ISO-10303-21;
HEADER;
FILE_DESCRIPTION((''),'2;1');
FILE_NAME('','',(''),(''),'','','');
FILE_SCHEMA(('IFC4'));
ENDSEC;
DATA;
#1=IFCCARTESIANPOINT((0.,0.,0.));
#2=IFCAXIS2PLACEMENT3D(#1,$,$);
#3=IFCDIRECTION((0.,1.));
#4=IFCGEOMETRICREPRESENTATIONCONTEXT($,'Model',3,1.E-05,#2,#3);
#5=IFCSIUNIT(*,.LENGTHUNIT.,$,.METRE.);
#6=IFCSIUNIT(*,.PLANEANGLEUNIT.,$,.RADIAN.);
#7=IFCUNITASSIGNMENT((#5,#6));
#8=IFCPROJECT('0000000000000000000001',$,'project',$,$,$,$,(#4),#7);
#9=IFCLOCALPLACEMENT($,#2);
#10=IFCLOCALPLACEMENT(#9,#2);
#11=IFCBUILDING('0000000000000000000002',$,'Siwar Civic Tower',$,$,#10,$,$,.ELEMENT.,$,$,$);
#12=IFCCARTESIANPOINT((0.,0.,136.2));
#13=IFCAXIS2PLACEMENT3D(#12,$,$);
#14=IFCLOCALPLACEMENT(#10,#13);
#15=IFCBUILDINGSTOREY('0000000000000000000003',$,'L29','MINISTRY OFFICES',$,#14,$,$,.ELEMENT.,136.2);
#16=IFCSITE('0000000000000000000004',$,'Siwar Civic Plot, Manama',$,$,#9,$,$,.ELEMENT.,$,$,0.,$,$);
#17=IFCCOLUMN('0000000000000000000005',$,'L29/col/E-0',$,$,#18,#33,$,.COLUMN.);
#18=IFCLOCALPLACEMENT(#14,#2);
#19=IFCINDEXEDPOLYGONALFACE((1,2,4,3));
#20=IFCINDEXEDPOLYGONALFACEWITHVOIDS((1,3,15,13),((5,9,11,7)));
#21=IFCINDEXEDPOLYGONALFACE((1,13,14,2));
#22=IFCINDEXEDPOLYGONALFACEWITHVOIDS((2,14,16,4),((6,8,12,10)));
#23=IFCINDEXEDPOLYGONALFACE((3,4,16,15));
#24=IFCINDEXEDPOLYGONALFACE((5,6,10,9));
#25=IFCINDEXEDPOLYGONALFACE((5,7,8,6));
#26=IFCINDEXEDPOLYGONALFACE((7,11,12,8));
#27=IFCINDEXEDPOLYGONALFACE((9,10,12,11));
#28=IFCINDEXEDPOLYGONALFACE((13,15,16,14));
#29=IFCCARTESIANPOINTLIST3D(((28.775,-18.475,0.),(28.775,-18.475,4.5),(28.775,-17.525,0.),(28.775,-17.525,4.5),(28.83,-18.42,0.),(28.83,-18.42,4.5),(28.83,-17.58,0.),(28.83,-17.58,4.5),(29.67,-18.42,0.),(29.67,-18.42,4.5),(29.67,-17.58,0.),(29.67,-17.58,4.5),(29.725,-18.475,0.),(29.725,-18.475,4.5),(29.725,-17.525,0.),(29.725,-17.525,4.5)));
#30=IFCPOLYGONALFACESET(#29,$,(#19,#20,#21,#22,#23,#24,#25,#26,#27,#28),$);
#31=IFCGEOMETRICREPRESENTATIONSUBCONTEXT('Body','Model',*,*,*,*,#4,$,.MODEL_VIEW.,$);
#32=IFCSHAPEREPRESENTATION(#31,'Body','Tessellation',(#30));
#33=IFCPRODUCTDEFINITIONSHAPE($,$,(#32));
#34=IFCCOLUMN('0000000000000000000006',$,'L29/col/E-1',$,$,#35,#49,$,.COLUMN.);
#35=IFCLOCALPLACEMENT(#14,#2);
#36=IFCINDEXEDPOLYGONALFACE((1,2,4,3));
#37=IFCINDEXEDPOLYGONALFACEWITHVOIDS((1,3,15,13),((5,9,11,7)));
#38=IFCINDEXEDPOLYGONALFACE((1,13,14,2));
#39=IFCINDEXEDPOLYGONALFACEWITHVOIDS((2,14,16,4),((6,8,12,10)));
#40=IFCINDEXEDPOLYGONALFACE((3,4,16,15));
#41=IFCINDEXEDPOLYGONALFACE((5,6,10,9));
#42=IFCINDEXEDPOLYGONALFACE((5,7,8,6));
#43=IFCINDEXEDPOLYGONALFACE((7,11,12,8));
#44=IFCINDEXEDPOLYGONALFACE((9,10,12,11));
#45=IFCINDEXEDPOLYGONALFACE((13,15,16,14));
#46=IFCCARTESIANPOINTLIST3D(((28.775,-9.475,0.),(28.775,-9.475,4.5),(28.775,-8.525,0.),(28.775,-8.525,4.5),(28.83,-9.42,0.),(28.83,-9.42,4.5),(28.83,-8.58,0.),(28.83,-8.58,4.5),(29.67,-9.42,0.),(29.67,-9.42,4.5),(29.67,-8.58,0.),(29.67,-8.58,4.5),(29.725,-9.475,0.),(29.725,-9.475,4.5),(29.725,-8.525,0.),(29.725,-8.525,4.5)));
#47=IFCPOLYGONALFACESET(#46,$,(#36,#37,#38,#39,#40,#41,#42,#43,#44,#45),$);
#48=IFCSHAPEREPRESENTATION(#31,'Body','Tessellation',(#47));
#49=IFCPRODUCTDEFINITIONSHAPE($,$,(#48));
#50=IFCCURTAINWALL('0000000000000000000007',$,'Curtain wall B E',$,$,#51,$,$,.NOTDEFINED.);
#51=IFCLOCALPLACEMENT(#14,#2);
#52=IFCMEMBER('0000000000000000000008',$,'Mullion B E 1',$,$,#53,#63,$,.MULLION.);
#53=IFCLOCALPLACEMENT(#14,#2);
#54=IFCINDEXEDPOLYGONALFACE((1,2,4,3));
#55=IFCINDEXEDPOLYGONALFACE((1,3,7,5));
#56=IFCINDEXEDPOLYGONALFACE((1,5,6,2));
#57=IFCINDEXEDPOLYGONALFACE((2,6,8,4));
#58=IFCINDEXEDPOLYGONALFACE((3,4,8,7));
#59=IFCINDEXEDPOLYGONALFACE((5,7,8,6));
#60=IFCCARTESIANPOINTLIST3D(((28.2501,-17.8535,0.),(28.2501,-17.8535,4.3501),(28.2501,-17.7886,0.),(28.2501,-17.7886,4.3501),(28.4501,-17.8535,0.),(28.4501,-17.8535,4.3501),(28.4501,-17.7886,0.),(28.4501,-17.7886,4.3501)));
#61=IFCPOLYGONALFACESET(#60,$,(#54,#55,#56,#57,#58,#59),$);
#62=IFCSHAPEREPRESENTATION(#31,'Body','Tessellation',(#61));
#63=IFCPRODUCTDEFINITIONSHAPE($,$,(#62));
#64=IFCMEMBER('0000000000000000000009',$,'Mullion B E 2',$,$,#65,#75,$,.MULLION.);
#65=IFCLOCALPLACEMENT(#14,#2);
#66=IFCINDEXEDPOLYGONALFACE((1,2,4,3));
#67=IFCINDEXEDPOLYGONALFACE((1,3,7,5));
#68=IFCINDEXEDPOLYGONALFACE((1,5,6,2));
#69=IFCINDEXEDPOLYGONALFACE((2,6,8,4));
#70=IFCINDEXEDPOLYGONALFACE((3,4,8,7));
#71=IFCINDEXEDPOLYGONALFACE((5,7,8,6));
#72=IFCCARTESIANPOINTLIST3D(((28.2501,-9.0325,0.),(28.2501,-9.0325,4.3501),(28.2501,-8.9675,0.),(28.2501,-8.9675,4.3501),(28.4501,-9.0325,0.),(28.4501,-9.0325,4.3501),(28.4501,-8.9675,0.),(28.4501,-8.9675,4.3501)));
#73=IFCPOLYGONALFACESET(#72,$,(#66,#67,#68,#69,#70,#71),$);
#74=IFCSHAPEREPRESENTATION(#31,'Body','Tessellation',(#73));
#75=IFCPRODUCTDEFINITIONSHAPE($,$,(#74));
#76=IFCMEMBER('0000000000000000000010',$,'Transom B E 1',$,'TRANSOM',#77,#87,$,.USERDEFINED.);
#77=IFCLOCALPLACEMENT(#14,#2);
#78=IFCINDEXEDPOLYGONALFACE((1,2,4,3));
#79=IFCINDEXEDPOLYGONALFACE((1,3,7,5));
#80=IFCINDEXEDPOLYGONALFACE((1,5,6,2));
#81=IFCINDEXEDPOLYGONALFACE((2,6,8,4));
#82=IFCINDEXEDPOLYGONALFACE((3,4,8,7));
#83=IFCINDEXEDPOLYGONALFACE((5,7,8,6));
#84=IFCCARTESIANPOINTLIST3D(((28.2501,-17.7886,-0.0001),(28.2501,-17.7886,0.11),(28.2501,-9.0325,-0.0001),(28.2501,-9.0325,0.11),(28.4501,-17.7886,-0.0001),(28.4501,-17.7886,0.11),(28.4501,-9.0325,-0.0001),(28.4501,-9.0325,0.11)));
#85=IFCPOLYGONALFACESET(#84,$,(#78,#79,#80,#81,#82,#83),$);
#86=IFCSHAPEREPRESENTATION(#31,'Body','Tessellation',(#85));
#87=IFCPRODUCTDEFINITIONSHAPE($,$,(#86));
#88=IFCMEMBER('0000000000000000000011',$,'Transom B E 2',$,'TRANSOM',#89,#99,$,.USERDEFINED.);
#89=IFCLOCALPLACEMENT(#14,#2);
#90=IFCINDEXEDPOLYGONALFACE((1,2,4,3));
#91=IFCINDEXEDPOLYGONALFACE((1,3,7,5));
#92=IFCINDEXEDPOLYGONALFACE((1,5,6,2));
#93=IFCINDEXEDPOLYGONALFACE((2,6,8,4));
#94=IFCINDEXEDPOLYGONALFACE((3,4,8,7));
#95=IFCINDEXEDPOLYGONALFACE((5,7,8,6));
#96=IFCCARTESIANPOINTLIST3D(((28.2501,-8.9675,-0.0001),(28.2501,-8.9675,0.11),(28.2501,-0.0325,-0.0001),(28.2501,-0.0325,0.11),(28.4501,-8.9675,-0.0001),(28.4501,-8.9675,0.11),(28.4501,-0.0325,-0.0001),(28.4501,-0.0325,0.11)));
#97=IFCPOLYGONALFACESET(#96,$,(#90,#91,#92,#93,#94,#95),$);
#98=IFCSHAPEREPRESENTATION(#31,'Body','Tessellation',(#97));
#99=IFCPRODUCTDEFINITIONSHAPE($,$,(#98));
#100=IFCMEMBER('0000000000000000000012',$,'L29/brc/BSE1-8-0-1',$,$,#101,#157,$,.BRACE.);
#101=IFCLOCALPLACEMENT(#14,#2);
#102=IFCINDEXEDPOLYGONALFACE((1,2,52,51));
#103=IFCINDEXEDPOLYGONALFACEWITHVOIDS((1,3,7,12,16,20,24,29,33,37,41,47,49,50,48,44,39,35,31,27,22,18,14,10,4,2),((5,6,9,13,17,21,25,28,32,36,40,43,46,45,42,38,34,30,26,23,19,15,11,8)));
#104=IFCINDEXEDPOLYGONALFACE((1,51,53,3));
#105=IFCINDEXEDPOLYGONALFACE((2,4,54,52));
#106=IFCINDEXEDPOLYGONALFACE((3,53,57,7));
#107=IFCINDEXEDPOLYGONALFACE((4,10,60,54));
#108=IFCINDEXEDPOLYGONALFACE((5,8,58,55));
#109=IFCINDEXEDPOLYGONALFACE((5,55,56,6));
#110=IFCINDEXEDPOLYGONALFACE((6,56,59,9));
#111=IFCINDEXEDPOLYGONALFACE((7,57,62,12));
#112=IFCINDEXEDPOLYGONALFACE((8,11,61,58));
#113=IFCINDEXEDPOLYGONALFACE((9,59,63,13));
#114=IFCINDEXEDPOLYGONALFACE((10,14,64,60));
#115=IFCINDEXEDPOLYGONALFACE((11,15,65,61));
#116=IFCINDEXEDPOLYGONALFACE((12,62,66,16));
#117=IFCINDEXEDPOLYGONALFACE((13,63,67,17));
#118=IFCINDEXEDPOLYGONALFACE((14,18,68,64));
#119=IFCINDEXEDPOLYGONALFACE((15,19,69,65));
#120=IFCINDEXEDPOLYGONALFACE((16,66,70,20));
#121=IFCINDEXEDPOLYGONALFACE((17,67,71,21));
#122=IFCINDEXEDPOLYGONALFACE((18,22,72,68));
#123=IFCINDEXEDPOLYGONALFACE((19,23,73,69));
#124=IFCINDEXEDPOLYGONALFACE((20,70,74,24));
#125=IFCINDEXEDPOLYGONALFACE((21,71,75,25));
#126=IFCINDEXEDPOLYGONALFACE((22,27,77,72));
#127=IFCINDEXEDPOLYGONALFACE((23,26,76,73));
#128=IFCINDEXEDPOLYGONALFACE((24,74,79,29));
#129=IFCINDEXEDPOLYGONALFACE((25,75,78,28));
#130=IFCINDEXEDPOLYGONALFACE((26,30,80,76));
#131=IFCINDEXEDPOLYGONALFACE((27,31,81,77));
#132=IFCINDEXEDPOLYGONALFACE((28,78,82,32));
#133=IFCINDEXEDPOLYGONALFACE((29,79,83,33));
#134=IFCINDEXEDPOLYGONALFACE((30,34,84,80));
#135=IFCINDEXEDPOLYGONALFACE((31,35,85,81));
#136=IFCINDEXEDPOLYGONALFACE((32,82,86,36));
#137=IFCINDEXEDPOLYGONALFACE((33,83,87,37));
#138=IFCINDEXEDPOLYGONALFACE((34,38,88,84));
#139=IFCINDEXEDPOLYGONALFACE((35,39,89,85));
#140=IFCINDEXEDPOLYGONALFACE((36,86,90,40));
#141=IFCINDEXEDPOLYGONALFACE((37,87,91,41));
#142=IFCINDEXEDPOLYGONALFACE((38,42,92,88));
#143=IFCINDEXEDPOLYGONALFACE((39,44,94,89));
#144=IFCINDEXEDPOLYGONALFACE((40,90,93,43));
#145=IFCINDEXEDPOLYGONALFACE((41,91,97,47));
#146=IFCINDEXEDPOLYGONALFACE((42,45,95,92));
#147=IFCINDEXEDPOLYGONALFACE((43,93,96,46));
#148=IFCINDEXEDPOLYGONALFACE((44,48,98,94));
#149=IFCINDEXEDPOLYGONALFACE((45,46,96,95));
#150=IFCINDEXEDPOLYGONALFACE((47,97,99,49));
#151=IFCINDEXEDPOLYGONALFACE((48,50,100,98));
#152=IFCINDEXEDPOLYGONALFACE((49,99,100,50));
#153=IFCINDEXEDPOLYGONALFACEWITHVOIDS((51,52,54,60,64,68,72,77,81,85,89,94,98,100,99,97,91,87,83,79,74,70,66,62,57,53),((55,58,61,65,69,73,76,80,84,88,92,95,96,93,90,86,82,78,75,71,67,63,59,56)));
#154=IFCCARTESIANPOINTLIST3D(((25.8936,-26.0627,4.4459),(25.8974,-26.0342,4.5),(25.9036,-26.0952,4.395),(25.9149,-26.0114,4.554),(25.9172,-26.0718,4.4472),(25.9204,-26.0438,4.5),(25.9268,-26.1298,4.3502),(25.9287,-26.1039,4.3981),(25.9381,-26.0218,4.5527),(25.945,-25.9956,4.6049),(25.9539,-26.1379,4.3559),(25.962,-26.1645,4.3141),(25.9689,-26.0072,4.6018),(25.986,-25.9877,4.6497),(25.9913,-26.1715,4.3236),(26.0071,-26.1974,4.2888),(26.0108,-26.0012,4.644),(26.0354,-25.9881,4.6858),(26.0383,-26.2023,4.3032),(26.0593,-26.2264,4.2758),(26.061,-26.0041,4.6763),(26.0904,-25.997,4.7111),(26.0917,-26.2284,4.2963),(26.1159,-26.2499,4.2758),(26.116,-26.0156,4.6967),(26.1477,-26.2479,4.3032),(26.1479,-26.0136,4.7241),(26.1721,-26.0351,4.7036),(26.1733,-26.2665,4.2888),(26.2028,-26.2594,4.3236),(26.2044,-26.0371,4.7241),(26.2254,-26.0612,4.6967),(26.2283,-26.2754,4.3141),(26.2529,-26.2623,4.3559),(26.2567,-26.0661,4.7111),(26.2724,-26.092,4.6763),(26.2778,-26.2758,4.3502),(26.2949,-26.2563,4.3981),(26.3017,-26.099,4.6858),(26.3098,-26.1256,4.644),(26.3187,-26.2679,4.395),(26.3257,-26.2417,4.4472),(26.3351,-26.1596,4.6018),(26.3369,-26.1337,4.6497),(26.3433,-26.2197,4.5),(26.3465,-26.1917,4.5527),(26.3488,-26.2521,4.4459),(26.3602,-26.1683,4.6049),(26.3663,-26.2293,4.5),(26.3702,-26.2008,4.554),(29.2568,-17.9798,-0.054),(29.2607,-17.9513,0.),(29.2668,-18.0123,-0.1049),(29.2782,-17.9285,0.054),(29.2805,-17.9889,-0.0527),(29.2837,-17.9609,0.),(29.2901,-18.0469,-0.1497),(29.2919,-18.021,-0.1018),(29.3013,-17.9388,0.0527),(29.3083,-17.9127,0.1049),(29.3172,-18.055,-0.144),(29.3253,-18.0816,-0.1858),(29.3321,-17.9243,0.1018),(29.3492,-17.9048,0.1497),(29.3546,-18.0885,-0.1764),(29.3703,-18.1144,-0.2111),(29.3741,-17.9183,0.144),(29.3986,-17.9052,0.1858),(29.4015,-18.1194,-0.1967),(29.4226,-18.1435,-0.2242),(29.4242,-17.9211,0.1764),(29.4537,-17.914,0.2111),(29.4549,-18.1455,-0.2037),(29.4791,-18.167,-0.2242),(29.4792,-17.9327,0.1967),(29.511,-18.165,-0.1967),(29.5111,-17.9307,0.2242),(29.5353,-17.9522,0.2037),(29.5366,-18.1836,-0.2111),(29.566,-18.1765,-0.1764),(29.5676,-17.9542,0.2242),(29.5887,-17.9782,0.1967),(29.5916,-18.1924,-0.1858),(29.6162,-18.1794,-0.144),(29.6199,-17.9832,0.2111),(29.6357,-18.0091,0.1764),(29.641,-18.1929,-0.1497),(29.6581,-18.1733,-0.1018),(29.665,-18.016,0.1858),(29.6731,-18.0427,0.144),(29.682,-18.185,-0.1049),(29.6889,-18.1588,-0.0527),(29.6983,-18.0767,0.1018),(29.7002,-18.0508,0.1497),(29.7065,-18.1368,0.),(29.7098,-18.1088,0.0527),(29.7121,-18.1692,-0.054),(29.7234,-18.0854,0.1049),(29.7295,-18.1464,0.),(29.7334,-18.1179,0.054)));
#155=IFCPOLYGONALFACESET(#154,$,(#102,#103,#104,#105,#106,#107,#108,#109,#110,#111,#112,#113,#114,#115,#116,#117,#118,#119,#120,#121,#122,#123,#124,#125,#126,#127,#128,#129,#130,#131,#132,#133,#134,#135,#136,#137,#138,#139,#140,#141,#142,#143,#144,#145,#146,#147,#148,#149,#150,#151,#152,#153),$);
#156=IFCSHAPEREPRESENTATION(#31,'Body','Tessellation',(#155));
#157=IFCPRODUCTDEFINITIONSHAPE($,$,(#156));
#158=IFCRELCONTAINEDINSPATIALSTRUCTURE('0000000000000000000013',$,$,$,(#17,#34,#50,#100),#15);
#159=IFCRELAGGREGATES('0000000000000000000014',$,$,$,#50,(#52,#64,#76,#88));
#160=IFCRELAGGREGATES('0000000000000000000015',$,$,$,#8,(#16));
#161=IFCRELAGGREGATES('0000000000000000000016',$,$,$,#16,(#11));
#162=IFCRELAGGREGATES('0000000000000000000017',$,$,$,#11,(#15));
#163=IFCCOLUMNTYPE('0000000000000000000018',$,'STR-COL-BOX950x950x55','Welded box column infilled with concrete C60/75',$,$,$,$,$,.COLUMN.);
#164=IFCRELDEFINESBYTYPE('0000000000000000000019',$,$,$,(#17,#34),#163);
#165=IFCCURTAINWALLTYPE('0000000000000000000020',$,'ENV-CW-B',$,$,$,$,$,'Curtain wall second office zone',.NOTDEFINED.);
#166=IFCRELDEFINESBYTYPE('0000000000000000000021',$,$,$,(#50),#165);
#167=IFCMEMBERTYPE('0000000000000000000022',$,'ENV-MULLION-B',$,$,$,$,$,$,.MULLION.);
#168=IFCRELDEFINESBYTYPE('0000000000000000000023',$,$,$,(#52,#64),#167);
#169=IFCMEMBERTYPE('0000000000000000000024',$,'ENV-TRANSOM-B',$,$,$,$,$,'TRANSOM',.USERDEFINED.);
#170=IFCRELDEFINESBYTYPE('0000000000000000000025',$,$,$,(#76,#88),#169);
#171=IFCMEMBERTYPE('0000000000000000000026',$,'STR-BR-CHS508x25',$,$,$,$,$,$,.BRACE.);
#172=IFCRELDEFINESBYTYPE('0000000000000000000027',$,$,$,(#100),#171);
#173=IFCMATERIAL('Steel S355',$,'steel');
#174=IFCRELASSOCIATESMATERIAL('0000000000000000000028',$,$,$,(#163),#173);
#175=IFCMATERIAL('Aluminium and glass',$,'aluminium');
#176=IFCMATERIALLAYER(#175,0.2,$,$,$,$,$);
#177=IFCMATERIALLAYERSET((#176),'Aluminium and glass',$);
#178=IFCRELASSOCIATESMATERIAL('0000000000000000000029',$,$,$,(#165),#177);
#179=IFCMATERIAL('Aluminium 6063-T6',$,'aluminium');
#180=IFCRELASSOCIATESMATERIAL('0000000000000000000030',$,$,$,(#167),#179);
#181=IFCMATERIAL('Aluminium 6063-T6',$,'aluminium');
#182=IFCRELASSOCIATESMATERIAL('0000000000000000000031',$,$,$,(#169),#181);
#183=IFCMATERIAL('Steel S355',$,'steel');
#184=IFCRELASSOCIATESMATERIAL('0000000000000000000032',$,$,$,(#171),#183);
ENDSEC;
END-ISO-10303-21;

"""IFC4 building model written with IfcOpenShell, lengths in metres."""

from ifc_helpers import new_model, si_unit, direction, frame, origin, origin_2d, place, context, subcontext, project, spatial, rectangle, hollow_rectangle, hollow_circle, extrude, material, layer, layer_set, material_profile, profile_set, type_object, element, aggregate, save


model = new_model("IFC4")

# Units and contexts
model_context = context("Model", 3, precision=1e-05, world=origin(), true_north=direction((0.0, 1.0)))
body_context = subcontext(model_context, "Body", "Model", "MODEL_VIEW")
ifc_project = project(units=[si_unit("LENGTHUNIT", "METRE"), si_unit("PLANEANGLEUNIT", "RADIAN")], contexts=[model_context])

# Site, building, storey
site_placement = place(None, origin())
site = spatial("IfcSite", under=ifc_project, at=site_placement, Name="Siwar Civic Plot, Manama", CompositionType="ELEMENT", RefElevation=0.0)
building_placement = place(site_placement, origin())
building = spatial("IfcBuilding", under=site, at=building_placement, Name="Siwar Civic Tower", CompositionType="ELEMENT")
storey_placement = place(building_placement, frame((0.0, 0.0, 136.2)))
storey = spatial("IfcBuildingStorey", under=building, at=storey_placement, Name="L29", Description="MINISTRY OFFICES", CompositionType="ELEMENT", Elevation=136.2)

# Columns
ifc_material_1 = material(Name="Steel S355", Category="steel")
ifc_material_profile_1 = material_profile(ifc_material_1, hollow_rectangle(XDim=0.95, YDim=0.95, WallThickness=0.0549, at=origin_2d()), Name="BOX950x950x55")
ifc_profile_set_1 = profile_set([ifc_material_profile_1], Name="Steel S355")
column_type = type_object("IfcColumnType", Name="STR-COL-BOX950x950x55", Description="Welded box column infilled with concrete C60/75", PredefinedType="COLUMN", material=ifc_profile_set_1)
for number, where, z_axis, x_axis, name in (
    (1, (29.25, -18.0, 0.0), (0.0, 0.0, 1.0), (1.0, 0.0, 0.0), "L29/col/E-0"),
    (2, (29.25, -9.0, 0.0), (0.0, 0.0, 1.0), (1.0, 0.0, 0.0), "L29/col/E-1"),
):
    element("IfcColumn", number, at=place(storey_placement, frame(where, z_axis=z_axis, x_axis=x_axis)), inside=storey, type_object=column_type, Name=name, PredefinedType="COLUMN", context=body_context, shape_type="SweptSolid", body=[
        extrude(hollow_rectangle(XDim=0.95, YDim=0.95, WallThickness=0.0549, at=origin_2d()), origin(), (0.0, 0.0, 1.0), 4.5),
    ])

# Curtain wall, members
ifc_material_2 = material(Name="Aluminium and glass", Category="aluminium")
ifc_layer_1 = layer(ifc_material_2, 0.2)
ifc_layer_set_1 = layer_set([ifc_layer_1], Name="Aluminium and glass")
curtain_wall_type = type_object("IfcCurtainWallType", Name="ENV-CW-B", ElementType="Curtain wall second office zone", PredefinedType="NOTDEFINED", material=ifc_layer_set_1)
curtain_wall_placement = place(storey_placement, origin())
curtain_wall = element("IfcCurtainWall", 3, at=curtain_wall_placement, inside=storey, type_object=curtain_wall_type, Name="Curtain wall B E", PredefinedType="NOTDEFINED")
ifc_material_3 = material(Name="Aluminium 6063-T6", Category="aluminium")
ifc_material_profile_2 = material_profile(ifc_material_3, rectangle(XDim=0.2, YDim=0.0649, at=origin_2d()), Name="AL 200x65")
ifc_profile_set_2 = profile_set([ifc_material_profile_2], Name="Aluminium 6063-T6")
member_type_1 = type_object("IfcMemberType", Name="ENV-MULLION-B", PredefinedType="MULLION", material=ifc_profile_set_2)
member_1_placement = place(storey_placement, frame((28.3501, -17.821, 0.0), z_axis=(0.0, 0.0, 1.0), x_axis=(-1.0, 0.0, 0.0)))
member_1 = element("IfcMember", 4, at=member_1_placement, type_object=member_type_1, Name="Mullion B E 1", PredefinedType="MULLION", context=body_context, shape_type="SweptSolid", body=[
    extrude(rectangle(XDim=0.2, YDim=0.0649, at=origin_2d()), origin(), (0.0, 0.0, 1.0), 4.3501),
])
member_2_placement = place(storey_placement, frame((28.3501, -9.0, 0.0), z_axis=(0.0, 0.0, 1.0), x_axis=(-1.0, 0.0, 0.0)))
member_2 = element("IfcMember", 5, at=member_2_placement, type_object=member_type_1, Name="Mullion B E 2", PredefinedType="MULLION", context=body_context, shape_type="SweptSolid", body=[
    extrude(rectangle(XDim=0.2, YDim=0.0649, at=origin_2d()), origin(), (0.0, 0.0, 1.0), 4.3501),
])
ifc_material_4 = material(Name="Aluminium 6063-T6", Category="aluminium")
ifc_material_profile_3 = material_profile(ifc_material_4, rectangle(XDim=0.2, YDim=0.1101, at=origin_2d()), Name="AL 200x110")
ifc_profile_set_3 = profile_set([ifc_material_profile_3], Name="Aluminium 6063-T6")
member_type_2 = type_object("IfcMemberType", Name="ENV-TRANSOM-B", ElementType="TRANSOM", PredefinedType="USERDEFINED", material=ifc_profile_set_3)
member_3_placement = place(storey_placement, frame((28.3501, -17.7886, 0.0549), z_axis=(0.0, 1.0, 0.0), x_axis=(-1.0, 0.0, 0.0)))
member_3 = element("IfcMember", 6, at=member_3_placement, type_object=member_type_2, Name="Transom B E 1", ObjectType="TRANSOM", PredefinedType="USERDEFINED", context=body_context, shape_type="SweptSolid", body=[
    extrude(rectangle(XDim=0.2, YDim=0.1101, at=origin_2d()), origin(), (0.0, 0.0, 1.0), 8.7561),
])
member_4_placement = place(storey_placement, frame((28.3501, -8.9675, 0.0549), z_axis=(0.0, 1.0, 0.0), x_axis=(-1.0, 0.0, 0.0)))
member_4 = element("IfcMember", 7, at=member_4_placement, type_object=member_type_2, Name="Transom B E 2", ObjectType="TRANSOM", PredefinedType="USERDEFINED", context=body_context, shape_type="SweptSolid", body=[
    extrude(rectangle(XDim=0.2, YDim=0.1101, at=origin_2d()), origin(), (0.0, 0.0, 1.0), 8.9351),
])

# Member
ifc_material_5 = material(Name="Steel S355", Category="steel")
ifc_material_profile_4 = material_profile(ifc_material_5, hollow_circle(Radius=0.2539, WallThickness=0.0249, at=origin_2d()), Name="CHS508x25")
ifc_profile_set_4 = profile_set([ifc_material_profile_4], Name="Steel S355")
member_type_3 = type_object("IfcMemberType", Name="STR-BR-CHS508x25", PredefinedType="BRACE", material=ifc_profile_set_4)
member_5_placement = place(storey_placement, frame((29.4951, -18.0488, 0.0), z_axis=(-0.341671, -0.821143, 0.457149), x_axis=(0.923265, -0.384164, 0.0)))
element("IfcMember", 8, at=member_5_placement, inside=storey, type_object=member_type_3, Name="L29/brc/BSE1-8-0-1", PredefinedType="BRACE", context=body_context, shape_type="SweptSolid", body=[
    extrude(hollow_circle(Radius=0.2539, WallThickness=0.0249, at=origin_2d()), origin(), (0.0, 0.0, 1.0), 9.8435),
])

aggregate(curtain_wall, [member_1, member_2, member_3, member_4])

save(model, "model.ifc")
